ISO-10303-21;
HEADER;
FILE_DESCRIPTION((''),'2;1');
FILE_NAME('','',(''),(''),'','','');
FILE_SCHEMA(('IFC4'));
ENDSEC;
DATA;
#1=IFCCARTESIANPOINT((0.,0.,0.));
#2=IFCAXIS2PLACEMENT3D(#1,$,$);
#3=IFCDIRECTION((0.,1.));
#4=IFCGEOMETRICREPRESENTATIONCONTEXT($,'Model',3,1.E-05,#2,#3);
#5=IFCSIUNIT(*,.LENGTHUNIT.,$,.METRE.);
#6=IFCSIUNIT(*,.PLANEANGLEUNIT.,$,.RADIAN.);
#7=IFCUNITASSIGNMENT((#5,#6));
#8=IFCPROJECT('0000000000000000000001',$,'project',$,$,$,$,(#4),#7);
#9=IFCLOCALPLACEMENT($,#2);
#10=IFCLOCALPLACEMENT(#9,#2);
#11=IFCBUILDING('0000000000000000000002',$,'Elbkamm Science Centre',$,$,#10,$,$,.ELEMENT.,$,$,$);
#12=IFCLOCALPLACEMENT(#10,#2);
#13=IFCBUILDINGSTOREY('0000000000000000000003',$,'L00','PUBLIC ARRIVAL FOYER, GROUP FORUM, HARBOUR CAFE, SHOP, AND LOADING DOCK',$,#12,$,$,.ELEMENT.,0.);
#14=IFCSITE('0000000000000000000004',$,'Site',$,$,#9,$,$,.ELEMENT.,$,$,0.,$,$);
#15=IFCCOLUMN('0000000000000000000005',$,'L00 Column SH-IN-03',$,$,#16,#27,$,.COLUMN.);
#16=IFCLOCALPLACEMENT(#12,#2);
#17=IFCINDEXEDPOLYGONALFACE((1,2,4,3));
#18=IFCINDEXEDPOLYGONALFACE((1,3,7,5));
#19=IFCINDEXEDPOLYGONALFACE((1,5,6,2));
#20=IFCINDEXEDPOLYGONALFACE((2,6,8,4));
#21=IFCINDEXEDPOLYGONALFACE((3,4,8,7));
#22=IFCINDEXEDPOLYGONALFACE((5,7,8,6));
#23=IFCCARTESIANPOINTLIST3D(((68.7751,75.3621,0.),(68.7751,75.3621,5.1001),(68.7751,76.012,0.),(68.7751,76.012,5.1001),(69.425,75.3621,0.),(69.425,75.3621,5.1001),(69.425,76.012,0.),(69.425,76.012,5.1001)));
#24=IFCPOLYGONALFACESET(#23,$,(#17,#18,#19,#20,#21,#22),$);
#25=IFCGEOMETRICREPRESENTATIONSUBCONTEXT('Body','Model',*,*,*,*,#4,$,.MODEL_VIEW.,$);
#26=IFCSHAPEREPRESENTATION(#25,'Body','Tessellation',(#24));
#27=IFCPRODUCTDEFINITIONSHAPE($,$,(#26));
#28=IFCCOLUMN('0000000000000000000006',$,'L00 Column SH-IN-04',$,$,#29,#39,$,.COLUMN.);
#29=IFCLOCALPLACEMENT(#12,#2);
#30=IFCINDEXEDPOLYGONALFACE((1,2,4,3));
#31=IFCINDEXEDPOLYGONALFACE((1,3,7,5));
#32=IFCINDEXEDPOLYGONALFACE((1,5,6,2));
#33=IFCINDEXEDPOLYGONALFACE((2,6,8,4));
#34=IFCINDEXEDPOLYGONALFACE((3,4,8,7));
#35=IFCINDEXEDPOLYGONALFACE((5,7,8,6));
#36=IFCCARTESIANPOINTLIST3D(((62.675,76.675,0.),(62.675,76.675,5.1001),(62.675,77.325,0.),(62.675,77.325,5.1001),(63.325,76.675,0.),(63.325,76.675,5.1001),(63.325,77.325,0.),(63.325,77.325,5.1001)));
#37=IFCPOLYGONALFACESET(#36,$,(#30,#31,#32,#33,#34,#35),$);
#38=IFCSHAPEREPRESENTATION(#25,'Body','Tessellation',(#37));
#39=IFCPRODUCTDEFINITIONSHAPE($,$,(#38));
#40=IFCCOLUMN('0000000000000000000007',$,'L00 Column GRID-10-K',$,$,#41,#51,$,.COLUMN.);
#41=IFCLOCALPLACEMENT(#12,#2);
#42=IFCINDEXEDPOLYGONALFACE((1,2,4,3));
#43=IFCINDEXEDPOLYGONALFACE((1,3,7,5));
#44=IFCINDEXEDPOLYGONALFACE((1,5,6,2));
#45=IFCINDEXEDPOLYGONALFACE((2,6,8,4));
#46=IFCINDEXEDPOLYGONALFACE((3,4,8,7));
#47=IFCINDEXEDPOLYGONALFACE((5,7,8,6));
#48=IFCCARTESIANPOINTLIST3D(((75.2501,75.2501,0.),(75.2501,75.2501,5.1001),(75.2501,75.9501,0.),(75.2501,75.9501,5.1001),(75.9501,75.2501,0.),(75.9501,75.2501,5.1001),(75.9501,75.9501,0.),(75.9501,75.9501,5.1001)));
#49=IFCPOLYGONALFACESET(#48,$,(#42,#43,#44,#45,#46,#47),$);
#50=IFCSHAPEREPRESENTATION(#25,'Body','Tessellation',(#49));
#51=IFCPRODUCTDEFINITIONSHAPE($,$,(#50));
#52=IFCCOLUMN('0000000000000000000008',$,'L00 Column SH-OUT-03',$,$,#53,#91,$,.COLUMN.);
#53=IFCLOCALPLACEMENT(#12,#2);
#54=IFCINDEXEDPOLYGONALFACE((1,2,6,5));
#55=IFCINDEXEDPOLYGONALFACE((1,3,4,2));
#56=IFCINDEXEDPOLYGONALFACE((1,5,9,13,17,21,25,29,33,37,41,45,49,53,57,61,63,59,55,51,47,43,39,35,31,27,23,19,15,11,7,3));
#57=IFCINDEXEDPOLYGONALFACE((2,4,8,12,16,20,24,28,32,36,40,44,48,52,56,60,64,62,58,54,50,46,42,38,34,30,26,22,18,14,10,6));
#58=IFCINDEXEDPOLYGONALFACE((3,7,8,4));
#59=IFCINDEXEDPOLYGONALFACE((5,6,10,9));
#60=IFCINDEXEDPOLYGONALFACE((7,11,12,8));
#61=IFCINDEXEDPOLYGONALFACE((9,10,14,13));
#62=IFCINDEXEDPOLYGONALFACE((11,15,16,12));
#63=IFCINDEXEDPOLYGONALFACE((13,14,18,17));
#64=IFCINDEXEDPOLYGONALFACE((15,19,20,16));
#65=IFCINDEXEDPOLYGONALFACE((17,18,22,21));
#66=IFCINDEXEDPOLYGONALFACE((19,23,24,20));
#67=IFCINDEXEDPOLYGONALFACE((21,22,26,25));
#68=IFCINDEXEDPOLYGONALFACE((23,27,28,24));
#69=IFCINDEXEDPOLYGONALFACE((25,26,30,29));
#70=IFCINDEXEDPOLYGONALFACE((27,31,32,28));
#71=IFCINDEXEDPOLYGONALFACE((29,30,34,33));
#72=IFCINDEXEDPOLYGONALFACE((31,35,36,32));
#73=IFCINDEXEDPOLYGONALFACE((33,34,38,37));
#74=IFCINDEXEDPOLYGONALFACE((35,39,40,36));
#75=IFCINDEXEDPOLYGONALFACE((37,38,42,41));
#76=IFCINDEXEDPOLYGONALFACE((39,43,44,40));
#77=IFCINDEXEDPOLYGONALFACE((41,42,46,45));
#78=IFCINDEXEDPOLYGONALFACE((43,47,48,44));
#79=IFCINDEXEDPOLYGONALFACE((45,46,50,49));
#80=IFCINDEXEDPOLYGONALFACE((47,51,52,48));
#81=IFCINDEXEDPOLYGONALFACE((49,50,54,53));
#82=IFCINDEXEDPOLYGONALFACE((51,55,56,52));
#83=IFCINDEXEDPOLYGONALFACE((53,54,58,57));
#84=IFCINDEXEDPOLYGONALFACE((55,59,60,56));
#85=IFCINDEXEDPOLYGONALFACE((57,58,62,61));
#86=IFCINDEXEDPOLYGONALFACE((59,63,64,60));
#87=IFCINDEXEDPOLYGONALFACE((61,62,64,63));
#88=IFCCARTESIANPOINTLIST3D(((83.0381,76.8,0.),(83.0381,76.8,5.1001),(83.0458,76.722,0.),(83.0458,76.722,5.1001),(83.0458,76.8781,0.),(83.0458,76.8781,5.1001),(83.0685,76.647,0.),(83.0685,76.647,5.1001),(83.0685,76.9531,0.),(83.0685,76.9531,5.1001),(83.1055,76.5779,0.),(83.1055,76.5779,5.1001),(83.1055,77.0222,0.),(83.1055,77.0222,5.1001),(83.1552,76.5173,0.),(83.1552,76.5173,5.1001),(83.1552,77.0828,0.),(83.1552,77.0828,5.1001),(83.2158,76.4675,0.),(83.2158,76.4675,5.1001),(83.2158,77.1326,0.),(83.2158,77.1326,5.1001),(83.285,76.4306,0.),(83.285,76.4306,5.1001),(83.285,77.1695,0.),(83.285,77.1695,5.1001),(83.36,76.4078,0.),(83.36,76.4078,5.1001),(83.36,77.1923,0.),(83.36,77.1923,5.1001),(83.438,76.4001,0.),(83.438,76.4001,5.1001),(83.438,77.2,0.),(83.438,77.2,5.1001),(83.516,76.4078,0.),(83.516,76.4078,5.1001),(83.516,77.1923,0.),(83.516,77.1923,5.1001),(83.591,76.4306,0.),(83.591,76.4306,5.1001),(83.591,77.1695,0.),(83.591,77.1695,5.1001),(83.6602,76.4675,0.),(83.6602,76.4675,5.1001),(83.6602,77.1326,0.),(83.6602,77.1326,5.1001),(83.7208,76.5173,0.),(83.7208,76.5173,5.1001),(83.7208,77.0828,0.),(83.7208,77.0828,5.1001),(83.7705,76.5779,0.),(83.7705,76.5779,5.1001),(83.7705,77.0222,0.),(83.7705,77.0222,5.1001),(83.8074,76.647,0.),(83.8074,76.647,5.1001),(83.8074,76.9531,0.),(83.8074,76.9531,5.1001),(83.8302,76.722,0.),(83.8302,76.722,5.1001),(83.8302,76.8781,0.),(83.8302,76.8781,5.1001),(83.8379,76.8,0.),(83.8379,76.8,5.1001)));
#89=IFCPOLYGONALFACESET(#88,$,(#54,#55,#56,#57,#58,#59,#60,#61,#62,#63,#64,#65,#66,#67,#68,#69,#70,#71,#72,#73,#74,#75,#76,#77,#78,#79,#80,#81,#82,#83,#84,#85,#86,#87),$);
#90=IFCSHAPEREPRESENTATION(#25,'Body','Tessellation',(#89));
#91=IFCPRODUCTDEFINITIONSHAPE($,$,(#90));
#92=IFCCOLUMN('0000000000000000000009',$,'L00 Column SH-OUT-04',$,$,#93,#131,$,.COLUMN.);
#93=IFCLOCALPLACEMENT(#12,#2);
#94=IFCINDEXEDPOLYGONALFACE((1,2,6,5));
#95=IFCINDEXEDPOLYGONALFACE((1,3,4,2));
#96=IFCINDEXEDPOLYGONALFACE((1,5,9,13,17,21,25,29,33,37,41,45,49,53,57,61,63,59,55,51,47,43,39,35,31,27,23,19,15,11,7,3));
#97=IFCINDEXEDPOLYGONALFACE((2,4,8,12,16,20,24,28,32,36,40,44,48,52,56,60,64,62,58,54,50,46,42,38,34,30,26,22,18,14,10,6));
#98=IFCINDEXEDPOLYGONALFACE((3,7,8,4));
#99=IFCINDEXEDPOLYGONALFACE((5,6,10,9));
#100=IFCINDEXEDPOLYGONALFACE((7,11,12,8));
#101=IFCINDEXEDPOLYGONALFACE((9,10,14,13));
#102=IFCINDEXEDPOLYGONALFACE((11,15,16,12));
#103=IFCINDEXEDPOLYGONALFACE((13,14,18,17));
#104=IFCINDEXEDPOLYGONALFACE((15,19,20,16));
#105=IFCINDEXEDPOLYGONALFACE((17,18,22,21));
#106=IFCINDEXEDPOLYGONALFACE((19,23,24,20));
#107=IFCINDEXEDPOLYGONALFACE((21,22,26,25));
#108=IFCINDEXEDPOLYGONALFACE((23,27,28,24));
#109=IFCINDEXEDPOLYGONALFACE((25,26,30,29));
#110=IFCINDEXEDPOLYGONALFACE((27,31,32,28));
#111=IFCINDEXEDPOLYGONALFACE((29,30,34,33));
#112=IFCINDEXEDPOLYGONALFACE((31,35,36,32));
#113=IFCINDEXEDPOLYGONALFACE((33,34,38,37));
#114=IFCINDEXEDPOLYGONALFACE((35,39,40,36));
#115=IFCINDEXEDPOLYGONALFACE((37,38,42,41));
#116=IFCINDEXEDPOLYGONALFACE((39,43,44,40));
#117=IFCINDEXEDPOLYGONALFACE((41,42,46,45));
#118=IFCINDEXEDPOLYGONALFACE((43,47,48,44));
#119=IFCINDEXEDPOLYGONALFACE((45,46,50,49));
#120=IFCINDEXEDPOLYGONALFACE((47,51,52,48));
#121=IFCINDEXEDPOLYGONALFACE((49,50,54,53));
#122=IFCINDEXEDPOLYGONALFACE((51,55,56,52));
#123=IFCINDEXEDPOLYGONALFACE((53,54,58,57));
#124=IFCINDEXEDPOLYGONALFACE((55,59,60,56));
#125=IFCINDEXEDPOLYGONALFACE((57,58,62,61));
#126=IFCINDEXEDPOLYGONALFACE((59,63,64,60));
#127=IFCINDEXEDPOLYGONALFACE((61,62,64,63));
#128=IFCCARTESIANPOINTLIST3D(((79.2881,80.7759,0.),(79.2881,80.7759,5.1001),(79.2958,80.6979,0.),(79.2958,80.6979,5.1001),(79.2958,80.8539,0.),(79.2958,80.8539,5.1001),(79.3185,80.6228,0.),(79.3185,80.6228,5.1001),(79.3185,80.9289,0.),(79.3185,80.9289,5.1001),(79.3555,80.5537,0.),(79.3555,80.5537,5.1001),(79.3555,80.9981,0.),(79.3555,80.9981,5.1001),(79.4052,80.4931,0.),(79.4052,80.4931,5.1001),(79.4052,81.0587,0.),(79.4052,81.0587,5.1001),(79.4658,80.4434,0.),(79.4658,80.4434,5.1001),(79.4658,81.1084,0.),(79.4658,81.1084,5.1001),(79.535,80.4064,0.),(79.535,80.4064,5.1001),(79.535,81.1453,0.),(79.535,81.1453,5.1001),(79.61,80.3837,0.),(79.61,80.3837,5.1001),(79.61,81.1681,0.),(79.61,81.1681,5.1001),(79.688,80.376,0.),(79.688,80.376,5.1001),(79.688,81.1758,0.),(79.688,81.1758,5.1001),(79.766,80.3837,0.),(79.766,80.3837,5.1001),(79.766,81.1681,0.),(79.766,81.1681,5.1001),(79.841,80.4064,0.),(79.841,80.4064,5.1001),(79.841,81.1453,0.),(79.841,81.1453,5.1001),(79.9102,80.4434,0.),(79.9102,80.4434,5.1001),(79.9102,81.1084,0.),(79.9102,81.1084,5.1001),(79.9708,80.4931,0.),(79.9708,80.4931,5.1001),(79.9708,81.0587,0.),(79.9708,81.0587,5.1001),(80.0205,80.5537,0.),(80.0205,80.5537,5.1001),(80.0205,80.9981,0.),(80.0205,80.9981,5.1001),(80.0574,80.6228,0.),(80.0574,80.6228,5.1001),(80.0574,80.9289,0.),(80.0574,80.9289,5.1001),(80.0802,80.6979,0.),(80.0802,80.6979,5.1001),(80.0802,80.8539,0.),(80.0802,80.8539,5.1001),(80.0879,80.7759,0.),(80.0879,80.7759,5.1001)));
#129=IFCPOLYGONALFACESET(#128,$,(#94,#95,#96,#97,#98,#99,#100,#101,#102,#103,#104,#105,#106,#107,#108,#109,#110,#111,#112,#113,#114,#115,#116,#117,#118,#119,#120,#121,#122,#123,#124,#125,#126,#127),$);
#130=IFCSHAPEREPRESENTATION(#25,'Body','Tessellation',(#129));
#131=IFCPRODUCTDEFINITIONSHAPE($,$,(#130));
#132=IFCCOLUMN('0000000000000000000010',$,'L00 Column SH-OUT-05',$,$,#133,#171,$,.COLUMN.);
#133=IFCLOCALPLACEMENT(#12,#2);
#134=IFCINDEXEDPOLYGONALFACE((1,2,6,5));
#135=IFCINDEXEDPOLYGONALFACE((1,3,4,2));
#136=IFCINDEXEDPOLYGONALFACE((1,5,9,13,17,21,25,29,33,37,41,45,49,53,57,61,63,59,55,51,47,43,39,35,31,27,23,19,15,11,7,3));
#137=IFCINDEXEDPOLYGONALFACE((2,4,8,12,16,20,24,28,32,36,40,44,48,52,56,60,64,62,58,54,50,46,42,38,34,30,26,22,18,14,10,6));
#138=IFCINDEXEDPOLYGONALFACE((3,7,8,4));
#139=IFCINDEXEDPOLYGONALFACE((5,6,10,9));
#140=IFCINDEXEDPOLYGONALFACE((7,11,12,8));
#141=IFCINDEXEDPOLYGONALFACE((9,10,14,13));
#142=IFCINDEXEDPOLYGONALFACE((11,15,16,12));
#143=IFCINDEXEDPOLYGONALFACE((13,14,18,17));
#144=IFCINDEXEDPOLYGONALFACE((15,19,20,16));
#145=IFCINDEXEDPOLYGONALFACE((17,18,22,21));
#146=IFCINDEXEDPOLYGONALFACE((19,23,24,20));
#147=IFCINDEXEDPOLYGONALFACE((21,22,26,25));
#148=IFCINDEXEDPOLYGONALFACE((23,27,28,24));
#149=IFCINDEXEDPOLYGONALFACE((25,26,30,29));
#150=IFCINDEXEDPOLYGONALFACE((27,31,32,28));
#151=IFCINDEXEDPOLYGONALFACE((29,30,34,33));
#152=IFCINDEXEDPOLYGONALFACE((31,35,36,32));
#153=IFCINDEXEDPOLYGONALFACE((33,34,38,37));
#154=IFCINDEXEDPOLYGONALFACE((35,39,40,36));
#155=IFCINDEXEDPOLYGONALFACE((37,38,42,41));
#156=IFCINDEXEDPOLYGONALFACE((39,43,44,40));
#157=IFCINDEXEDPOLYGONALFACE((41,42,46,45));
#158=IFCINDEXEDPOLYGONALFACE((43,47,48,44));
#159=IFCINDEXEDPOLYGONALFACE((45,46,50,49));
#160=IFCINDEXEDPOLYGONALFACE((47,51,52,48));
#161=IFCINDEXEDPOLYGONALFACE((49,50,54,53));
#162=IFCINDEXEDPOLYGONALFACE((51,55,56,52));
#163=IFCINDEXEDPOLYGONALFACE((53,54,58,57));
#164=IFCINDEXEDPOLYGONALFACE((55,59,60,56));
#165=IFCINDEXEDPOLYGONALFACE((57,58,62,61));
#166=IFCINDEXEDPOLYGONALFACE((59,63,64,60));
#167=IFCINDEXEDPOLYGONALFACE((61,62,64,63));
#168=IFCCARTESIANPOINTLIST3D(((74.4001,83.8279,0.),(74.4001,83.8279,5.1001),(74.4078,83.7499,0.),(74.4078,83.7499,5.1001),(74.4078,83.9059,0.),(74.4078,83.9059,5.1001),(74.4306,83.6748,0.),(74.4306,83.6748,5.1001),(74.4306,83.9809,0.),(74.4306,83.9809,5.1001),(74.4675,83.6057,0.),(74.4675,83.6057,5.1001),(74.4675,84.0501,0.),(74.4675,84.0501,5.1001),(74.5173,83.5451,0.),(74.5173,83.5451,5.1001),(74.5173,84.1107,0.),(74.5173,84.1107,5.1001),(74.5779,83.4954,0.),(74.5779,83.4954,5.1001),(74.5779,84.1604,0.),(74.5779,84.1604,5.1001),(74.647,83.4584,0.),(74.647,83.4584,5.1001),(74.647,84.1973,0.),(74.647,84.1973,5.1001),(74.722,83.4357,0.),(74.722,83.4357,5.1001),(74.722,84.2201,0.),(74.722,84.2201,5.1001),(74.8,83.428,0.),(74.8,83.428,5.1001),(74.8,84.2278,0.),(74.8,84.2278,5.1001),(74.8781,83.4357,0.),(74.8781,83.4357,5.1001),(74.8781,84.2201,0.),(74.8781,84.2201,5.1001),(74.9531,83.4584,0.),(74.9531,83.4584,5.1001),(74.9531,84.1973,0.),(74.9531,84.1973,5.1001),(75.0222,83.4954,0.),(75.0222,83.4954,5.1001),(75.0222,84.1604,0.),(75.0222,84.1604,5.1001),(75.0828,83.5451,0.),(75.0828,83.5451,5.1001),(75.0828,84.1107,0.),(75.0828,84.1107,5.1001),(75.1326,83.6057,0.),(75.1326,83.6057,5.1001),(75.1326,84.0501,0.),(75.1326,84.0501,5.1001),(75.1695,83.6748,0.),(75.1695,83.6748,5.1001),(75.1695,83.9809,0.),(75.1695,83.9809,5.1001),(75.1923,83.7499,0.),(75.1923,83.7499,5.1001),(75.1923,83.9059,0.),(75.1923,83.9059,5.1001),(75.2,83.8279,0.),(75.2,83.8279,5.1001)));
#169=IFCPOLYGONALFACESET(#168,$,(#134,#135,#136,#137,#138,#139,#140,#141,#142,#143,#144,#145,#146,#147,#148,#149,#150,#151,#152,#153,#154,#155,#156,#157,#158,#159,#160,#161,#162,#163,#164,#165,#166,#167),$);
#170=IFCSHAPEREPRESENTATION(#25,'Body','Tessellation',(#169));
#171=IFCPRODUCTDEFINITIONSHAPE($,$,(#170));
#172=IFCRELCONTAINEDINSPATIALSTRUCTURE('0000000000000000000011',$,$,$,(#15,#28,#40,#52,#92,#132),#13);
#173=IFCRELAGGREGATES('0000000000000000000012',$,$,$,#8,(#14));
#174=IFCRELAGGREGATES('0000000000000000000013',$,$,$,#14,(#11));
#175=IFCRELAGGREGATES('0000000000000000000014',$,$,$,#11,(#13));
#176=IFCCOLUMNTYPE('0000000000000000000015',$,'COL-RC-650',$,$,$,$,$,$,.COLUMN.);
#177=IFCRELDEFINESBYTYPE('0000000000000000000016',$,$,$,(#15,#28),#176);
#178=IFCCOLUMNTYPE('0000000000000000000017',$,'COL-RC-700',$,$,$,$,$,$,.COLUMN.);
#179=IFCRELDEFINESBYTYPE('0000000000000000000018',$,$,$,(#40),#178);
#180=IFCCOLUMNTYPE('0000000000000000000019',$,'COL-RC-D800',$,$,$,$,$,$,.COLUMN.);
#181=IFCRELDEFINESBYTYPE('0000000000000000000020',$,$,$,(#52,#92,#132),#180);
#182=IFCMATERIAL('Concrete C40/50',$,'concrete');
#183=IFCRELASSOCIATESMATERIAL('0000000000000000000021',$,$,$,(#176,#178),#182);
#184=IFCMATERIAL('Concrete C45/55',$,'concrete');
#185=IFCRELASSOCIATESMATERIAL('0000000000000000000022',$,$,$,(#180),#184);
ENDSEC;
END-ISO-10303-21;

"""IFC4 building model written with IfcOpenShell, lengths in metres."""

from ifc_helpers import new_model, si_unit, direction, frame, origin, origin_2d, place, context, subcontext, project, spatial, rectangle, circle, extrude, material, material_profile, profile_set, type_object, element, save


model = new_model("IFC4")

# Units and contexts
model_context = context("Model", 3, precision=1e-05, world=origin(), true_north=direction((0.0, 1.0)))
body_context = subcontext(model_context, "Body", "Model", "MODEL_VIEW")
ifc_project = project(units=[si_unit("LENGTHUNIT", "METRE"), si_unit("PLANEANGLEUNIT", "RADIAN")], contexts=[model_context])

# Site, building, storey
site_placement = place(None, origin())
site = spatial("IfcSite", under=ifc_project, at=site_placement, Name="Site", CompositionType="ELEMENT", RefElevation=0.0)
building_placement = place(site_placement, origin())
building = spatial("IfcBuilding", under=site, at=building_placement, Name="Elbkamm Science Centre", CompositionType="ELEMENT")
storey_placement = place(building_placement, origin())
storey = spatial("IfcBuildingStorey", under=building, at=storey_placement, Name="L00", Description="PUBLIC ARRIVAL FOYER, GROUP FORUM, HARBOUR CAFE, SHOP, AND LOADING DOCK", CompositionType="ELEMENT", Elevation=0.0)

# Columns
ifc_material_1 = material(Name="Concrete C40/50", Category="concrete")
ifc_material_profile_1 = material_profile(ifc_material_1, rectangle(XDim=0.6499, YDim=0.6499, at=origin_2d()), Name="RC 650x650")
ifc_profile_set_1 = profile_set([ifc_material_profile_1], Name="Concrete C40/50")
column_type_1 = type_object("IfcColumnType", Name="COL-RC-650", PredefinedType="COLUMN", material=ifc_profile_set_1)
for number, where, z_axis, x_axis, name in (
    (1, (69.1001, 75.687, 0.0), (0.0, 0.0, 1.0), (1.0, 0.0, 0.0), "L00 Column SH-IN-03"),
    (2, (63.0, 77.0, 0.0), (0.0, 0.0, 1.0), (1.0, 0.0, 0.0), "L00 Column SH-IN-04"),
):
    element("IfcColumn", number, at=place(storey_placement, frame(where, z_axis=z_axis, x_axis=x_axis)), inside=storey, type_object=column_type_1, Name=name, PredefinedType="COLUMN", context=body_context, shape_type="SweptSolid", body=[
        extrude(rectangle(XDim=0.6499, YDim=0.6499, at=origin_2d()), origin(), (0.0, 0.0, 1.0), 5.1001),
    ])
ifc_material_profile_2 = material_profile(ifc_material_1, rectangle(XDim=0.7, YDim=0.7, at=origin_2d()), Name="RC 700x700")
ifc_profile_set_2 = profile_set([ifc_material_profile_2], Name="Concrete C40/50")
column_type_2 = type_object("IfcColumnType", Name="COL-RC-700", PredefinedType="COLUMN", material=ifc_profile_set_2)
column_placement = place(storey_placement, frame((75.6001, 75.6001, 0.0), z_axis=(0.0, 0.0, 1.0), x_axis=(1.0, 0.0, 0.0)))
element("IfcColumn", 3, at=column_placement, inside=storey, type_object=column_type_2, Name="L00 Column GRID-10-K", PredefinedType="COLUMN", context=body_context, shape_type="SweptSolid", body=[
    extrude(rectangle(XDim=0.7, YDim=0.7, at=origin_2d()), origin(), (0.0, 0.0, 1.0), 5.1001),
])
ifc_material_2 = material(Name="Concrete C45/55", Category="concrete")
ifc_material_profile_3 = material_profile(ifc_material_2, circle(Radius=0.3999, at=origin_2d()), Name="RC D800")
ifc_profile_set_3 = profile_set([ifc_material_profile_3], Name="Concrete C45/55")
column_type_3 = type_object("IfcColumnType", Name="COL-RC-D800", PredefinedType="COLUMN", material=ifc_profile_set_3)
for number, where, z_axis, x_axis, name in (
    (4, (83.438, 76.8, 0.0), (0.0, 0.0, 1.0), (1.0, 0.0, 0.0), "L00 Column SH-OUT-03"),
    (5, (79.688, 80.7759, 0.0), (0.0, 0.0, 1.0), (1.0, 0.0, 0.0), "L00 Column SH-OUT-04"),
    (6, (74.8, 83.8279, 0.0), (0.0, 0.0, 1.0), (1.0, 0.0, 0.0), "L00 Column SH-OUT-05"),
):
    element("IfcColumn", number, at=place(storey_placement, frame(where, z_axis=z_axis, x_axis=x_axis)), inside=storey, type_object=column_type_3, Name=name, PredefinedType="COLUMN", context=body_context, shape_type="SweptSolid", body=[
        extrude(circle(Radius=0.3999, at=origin_2d()), origin(), (0.0, 0.0, 1.0), 5.1001),
    ])

save(model, "model.ifc")
